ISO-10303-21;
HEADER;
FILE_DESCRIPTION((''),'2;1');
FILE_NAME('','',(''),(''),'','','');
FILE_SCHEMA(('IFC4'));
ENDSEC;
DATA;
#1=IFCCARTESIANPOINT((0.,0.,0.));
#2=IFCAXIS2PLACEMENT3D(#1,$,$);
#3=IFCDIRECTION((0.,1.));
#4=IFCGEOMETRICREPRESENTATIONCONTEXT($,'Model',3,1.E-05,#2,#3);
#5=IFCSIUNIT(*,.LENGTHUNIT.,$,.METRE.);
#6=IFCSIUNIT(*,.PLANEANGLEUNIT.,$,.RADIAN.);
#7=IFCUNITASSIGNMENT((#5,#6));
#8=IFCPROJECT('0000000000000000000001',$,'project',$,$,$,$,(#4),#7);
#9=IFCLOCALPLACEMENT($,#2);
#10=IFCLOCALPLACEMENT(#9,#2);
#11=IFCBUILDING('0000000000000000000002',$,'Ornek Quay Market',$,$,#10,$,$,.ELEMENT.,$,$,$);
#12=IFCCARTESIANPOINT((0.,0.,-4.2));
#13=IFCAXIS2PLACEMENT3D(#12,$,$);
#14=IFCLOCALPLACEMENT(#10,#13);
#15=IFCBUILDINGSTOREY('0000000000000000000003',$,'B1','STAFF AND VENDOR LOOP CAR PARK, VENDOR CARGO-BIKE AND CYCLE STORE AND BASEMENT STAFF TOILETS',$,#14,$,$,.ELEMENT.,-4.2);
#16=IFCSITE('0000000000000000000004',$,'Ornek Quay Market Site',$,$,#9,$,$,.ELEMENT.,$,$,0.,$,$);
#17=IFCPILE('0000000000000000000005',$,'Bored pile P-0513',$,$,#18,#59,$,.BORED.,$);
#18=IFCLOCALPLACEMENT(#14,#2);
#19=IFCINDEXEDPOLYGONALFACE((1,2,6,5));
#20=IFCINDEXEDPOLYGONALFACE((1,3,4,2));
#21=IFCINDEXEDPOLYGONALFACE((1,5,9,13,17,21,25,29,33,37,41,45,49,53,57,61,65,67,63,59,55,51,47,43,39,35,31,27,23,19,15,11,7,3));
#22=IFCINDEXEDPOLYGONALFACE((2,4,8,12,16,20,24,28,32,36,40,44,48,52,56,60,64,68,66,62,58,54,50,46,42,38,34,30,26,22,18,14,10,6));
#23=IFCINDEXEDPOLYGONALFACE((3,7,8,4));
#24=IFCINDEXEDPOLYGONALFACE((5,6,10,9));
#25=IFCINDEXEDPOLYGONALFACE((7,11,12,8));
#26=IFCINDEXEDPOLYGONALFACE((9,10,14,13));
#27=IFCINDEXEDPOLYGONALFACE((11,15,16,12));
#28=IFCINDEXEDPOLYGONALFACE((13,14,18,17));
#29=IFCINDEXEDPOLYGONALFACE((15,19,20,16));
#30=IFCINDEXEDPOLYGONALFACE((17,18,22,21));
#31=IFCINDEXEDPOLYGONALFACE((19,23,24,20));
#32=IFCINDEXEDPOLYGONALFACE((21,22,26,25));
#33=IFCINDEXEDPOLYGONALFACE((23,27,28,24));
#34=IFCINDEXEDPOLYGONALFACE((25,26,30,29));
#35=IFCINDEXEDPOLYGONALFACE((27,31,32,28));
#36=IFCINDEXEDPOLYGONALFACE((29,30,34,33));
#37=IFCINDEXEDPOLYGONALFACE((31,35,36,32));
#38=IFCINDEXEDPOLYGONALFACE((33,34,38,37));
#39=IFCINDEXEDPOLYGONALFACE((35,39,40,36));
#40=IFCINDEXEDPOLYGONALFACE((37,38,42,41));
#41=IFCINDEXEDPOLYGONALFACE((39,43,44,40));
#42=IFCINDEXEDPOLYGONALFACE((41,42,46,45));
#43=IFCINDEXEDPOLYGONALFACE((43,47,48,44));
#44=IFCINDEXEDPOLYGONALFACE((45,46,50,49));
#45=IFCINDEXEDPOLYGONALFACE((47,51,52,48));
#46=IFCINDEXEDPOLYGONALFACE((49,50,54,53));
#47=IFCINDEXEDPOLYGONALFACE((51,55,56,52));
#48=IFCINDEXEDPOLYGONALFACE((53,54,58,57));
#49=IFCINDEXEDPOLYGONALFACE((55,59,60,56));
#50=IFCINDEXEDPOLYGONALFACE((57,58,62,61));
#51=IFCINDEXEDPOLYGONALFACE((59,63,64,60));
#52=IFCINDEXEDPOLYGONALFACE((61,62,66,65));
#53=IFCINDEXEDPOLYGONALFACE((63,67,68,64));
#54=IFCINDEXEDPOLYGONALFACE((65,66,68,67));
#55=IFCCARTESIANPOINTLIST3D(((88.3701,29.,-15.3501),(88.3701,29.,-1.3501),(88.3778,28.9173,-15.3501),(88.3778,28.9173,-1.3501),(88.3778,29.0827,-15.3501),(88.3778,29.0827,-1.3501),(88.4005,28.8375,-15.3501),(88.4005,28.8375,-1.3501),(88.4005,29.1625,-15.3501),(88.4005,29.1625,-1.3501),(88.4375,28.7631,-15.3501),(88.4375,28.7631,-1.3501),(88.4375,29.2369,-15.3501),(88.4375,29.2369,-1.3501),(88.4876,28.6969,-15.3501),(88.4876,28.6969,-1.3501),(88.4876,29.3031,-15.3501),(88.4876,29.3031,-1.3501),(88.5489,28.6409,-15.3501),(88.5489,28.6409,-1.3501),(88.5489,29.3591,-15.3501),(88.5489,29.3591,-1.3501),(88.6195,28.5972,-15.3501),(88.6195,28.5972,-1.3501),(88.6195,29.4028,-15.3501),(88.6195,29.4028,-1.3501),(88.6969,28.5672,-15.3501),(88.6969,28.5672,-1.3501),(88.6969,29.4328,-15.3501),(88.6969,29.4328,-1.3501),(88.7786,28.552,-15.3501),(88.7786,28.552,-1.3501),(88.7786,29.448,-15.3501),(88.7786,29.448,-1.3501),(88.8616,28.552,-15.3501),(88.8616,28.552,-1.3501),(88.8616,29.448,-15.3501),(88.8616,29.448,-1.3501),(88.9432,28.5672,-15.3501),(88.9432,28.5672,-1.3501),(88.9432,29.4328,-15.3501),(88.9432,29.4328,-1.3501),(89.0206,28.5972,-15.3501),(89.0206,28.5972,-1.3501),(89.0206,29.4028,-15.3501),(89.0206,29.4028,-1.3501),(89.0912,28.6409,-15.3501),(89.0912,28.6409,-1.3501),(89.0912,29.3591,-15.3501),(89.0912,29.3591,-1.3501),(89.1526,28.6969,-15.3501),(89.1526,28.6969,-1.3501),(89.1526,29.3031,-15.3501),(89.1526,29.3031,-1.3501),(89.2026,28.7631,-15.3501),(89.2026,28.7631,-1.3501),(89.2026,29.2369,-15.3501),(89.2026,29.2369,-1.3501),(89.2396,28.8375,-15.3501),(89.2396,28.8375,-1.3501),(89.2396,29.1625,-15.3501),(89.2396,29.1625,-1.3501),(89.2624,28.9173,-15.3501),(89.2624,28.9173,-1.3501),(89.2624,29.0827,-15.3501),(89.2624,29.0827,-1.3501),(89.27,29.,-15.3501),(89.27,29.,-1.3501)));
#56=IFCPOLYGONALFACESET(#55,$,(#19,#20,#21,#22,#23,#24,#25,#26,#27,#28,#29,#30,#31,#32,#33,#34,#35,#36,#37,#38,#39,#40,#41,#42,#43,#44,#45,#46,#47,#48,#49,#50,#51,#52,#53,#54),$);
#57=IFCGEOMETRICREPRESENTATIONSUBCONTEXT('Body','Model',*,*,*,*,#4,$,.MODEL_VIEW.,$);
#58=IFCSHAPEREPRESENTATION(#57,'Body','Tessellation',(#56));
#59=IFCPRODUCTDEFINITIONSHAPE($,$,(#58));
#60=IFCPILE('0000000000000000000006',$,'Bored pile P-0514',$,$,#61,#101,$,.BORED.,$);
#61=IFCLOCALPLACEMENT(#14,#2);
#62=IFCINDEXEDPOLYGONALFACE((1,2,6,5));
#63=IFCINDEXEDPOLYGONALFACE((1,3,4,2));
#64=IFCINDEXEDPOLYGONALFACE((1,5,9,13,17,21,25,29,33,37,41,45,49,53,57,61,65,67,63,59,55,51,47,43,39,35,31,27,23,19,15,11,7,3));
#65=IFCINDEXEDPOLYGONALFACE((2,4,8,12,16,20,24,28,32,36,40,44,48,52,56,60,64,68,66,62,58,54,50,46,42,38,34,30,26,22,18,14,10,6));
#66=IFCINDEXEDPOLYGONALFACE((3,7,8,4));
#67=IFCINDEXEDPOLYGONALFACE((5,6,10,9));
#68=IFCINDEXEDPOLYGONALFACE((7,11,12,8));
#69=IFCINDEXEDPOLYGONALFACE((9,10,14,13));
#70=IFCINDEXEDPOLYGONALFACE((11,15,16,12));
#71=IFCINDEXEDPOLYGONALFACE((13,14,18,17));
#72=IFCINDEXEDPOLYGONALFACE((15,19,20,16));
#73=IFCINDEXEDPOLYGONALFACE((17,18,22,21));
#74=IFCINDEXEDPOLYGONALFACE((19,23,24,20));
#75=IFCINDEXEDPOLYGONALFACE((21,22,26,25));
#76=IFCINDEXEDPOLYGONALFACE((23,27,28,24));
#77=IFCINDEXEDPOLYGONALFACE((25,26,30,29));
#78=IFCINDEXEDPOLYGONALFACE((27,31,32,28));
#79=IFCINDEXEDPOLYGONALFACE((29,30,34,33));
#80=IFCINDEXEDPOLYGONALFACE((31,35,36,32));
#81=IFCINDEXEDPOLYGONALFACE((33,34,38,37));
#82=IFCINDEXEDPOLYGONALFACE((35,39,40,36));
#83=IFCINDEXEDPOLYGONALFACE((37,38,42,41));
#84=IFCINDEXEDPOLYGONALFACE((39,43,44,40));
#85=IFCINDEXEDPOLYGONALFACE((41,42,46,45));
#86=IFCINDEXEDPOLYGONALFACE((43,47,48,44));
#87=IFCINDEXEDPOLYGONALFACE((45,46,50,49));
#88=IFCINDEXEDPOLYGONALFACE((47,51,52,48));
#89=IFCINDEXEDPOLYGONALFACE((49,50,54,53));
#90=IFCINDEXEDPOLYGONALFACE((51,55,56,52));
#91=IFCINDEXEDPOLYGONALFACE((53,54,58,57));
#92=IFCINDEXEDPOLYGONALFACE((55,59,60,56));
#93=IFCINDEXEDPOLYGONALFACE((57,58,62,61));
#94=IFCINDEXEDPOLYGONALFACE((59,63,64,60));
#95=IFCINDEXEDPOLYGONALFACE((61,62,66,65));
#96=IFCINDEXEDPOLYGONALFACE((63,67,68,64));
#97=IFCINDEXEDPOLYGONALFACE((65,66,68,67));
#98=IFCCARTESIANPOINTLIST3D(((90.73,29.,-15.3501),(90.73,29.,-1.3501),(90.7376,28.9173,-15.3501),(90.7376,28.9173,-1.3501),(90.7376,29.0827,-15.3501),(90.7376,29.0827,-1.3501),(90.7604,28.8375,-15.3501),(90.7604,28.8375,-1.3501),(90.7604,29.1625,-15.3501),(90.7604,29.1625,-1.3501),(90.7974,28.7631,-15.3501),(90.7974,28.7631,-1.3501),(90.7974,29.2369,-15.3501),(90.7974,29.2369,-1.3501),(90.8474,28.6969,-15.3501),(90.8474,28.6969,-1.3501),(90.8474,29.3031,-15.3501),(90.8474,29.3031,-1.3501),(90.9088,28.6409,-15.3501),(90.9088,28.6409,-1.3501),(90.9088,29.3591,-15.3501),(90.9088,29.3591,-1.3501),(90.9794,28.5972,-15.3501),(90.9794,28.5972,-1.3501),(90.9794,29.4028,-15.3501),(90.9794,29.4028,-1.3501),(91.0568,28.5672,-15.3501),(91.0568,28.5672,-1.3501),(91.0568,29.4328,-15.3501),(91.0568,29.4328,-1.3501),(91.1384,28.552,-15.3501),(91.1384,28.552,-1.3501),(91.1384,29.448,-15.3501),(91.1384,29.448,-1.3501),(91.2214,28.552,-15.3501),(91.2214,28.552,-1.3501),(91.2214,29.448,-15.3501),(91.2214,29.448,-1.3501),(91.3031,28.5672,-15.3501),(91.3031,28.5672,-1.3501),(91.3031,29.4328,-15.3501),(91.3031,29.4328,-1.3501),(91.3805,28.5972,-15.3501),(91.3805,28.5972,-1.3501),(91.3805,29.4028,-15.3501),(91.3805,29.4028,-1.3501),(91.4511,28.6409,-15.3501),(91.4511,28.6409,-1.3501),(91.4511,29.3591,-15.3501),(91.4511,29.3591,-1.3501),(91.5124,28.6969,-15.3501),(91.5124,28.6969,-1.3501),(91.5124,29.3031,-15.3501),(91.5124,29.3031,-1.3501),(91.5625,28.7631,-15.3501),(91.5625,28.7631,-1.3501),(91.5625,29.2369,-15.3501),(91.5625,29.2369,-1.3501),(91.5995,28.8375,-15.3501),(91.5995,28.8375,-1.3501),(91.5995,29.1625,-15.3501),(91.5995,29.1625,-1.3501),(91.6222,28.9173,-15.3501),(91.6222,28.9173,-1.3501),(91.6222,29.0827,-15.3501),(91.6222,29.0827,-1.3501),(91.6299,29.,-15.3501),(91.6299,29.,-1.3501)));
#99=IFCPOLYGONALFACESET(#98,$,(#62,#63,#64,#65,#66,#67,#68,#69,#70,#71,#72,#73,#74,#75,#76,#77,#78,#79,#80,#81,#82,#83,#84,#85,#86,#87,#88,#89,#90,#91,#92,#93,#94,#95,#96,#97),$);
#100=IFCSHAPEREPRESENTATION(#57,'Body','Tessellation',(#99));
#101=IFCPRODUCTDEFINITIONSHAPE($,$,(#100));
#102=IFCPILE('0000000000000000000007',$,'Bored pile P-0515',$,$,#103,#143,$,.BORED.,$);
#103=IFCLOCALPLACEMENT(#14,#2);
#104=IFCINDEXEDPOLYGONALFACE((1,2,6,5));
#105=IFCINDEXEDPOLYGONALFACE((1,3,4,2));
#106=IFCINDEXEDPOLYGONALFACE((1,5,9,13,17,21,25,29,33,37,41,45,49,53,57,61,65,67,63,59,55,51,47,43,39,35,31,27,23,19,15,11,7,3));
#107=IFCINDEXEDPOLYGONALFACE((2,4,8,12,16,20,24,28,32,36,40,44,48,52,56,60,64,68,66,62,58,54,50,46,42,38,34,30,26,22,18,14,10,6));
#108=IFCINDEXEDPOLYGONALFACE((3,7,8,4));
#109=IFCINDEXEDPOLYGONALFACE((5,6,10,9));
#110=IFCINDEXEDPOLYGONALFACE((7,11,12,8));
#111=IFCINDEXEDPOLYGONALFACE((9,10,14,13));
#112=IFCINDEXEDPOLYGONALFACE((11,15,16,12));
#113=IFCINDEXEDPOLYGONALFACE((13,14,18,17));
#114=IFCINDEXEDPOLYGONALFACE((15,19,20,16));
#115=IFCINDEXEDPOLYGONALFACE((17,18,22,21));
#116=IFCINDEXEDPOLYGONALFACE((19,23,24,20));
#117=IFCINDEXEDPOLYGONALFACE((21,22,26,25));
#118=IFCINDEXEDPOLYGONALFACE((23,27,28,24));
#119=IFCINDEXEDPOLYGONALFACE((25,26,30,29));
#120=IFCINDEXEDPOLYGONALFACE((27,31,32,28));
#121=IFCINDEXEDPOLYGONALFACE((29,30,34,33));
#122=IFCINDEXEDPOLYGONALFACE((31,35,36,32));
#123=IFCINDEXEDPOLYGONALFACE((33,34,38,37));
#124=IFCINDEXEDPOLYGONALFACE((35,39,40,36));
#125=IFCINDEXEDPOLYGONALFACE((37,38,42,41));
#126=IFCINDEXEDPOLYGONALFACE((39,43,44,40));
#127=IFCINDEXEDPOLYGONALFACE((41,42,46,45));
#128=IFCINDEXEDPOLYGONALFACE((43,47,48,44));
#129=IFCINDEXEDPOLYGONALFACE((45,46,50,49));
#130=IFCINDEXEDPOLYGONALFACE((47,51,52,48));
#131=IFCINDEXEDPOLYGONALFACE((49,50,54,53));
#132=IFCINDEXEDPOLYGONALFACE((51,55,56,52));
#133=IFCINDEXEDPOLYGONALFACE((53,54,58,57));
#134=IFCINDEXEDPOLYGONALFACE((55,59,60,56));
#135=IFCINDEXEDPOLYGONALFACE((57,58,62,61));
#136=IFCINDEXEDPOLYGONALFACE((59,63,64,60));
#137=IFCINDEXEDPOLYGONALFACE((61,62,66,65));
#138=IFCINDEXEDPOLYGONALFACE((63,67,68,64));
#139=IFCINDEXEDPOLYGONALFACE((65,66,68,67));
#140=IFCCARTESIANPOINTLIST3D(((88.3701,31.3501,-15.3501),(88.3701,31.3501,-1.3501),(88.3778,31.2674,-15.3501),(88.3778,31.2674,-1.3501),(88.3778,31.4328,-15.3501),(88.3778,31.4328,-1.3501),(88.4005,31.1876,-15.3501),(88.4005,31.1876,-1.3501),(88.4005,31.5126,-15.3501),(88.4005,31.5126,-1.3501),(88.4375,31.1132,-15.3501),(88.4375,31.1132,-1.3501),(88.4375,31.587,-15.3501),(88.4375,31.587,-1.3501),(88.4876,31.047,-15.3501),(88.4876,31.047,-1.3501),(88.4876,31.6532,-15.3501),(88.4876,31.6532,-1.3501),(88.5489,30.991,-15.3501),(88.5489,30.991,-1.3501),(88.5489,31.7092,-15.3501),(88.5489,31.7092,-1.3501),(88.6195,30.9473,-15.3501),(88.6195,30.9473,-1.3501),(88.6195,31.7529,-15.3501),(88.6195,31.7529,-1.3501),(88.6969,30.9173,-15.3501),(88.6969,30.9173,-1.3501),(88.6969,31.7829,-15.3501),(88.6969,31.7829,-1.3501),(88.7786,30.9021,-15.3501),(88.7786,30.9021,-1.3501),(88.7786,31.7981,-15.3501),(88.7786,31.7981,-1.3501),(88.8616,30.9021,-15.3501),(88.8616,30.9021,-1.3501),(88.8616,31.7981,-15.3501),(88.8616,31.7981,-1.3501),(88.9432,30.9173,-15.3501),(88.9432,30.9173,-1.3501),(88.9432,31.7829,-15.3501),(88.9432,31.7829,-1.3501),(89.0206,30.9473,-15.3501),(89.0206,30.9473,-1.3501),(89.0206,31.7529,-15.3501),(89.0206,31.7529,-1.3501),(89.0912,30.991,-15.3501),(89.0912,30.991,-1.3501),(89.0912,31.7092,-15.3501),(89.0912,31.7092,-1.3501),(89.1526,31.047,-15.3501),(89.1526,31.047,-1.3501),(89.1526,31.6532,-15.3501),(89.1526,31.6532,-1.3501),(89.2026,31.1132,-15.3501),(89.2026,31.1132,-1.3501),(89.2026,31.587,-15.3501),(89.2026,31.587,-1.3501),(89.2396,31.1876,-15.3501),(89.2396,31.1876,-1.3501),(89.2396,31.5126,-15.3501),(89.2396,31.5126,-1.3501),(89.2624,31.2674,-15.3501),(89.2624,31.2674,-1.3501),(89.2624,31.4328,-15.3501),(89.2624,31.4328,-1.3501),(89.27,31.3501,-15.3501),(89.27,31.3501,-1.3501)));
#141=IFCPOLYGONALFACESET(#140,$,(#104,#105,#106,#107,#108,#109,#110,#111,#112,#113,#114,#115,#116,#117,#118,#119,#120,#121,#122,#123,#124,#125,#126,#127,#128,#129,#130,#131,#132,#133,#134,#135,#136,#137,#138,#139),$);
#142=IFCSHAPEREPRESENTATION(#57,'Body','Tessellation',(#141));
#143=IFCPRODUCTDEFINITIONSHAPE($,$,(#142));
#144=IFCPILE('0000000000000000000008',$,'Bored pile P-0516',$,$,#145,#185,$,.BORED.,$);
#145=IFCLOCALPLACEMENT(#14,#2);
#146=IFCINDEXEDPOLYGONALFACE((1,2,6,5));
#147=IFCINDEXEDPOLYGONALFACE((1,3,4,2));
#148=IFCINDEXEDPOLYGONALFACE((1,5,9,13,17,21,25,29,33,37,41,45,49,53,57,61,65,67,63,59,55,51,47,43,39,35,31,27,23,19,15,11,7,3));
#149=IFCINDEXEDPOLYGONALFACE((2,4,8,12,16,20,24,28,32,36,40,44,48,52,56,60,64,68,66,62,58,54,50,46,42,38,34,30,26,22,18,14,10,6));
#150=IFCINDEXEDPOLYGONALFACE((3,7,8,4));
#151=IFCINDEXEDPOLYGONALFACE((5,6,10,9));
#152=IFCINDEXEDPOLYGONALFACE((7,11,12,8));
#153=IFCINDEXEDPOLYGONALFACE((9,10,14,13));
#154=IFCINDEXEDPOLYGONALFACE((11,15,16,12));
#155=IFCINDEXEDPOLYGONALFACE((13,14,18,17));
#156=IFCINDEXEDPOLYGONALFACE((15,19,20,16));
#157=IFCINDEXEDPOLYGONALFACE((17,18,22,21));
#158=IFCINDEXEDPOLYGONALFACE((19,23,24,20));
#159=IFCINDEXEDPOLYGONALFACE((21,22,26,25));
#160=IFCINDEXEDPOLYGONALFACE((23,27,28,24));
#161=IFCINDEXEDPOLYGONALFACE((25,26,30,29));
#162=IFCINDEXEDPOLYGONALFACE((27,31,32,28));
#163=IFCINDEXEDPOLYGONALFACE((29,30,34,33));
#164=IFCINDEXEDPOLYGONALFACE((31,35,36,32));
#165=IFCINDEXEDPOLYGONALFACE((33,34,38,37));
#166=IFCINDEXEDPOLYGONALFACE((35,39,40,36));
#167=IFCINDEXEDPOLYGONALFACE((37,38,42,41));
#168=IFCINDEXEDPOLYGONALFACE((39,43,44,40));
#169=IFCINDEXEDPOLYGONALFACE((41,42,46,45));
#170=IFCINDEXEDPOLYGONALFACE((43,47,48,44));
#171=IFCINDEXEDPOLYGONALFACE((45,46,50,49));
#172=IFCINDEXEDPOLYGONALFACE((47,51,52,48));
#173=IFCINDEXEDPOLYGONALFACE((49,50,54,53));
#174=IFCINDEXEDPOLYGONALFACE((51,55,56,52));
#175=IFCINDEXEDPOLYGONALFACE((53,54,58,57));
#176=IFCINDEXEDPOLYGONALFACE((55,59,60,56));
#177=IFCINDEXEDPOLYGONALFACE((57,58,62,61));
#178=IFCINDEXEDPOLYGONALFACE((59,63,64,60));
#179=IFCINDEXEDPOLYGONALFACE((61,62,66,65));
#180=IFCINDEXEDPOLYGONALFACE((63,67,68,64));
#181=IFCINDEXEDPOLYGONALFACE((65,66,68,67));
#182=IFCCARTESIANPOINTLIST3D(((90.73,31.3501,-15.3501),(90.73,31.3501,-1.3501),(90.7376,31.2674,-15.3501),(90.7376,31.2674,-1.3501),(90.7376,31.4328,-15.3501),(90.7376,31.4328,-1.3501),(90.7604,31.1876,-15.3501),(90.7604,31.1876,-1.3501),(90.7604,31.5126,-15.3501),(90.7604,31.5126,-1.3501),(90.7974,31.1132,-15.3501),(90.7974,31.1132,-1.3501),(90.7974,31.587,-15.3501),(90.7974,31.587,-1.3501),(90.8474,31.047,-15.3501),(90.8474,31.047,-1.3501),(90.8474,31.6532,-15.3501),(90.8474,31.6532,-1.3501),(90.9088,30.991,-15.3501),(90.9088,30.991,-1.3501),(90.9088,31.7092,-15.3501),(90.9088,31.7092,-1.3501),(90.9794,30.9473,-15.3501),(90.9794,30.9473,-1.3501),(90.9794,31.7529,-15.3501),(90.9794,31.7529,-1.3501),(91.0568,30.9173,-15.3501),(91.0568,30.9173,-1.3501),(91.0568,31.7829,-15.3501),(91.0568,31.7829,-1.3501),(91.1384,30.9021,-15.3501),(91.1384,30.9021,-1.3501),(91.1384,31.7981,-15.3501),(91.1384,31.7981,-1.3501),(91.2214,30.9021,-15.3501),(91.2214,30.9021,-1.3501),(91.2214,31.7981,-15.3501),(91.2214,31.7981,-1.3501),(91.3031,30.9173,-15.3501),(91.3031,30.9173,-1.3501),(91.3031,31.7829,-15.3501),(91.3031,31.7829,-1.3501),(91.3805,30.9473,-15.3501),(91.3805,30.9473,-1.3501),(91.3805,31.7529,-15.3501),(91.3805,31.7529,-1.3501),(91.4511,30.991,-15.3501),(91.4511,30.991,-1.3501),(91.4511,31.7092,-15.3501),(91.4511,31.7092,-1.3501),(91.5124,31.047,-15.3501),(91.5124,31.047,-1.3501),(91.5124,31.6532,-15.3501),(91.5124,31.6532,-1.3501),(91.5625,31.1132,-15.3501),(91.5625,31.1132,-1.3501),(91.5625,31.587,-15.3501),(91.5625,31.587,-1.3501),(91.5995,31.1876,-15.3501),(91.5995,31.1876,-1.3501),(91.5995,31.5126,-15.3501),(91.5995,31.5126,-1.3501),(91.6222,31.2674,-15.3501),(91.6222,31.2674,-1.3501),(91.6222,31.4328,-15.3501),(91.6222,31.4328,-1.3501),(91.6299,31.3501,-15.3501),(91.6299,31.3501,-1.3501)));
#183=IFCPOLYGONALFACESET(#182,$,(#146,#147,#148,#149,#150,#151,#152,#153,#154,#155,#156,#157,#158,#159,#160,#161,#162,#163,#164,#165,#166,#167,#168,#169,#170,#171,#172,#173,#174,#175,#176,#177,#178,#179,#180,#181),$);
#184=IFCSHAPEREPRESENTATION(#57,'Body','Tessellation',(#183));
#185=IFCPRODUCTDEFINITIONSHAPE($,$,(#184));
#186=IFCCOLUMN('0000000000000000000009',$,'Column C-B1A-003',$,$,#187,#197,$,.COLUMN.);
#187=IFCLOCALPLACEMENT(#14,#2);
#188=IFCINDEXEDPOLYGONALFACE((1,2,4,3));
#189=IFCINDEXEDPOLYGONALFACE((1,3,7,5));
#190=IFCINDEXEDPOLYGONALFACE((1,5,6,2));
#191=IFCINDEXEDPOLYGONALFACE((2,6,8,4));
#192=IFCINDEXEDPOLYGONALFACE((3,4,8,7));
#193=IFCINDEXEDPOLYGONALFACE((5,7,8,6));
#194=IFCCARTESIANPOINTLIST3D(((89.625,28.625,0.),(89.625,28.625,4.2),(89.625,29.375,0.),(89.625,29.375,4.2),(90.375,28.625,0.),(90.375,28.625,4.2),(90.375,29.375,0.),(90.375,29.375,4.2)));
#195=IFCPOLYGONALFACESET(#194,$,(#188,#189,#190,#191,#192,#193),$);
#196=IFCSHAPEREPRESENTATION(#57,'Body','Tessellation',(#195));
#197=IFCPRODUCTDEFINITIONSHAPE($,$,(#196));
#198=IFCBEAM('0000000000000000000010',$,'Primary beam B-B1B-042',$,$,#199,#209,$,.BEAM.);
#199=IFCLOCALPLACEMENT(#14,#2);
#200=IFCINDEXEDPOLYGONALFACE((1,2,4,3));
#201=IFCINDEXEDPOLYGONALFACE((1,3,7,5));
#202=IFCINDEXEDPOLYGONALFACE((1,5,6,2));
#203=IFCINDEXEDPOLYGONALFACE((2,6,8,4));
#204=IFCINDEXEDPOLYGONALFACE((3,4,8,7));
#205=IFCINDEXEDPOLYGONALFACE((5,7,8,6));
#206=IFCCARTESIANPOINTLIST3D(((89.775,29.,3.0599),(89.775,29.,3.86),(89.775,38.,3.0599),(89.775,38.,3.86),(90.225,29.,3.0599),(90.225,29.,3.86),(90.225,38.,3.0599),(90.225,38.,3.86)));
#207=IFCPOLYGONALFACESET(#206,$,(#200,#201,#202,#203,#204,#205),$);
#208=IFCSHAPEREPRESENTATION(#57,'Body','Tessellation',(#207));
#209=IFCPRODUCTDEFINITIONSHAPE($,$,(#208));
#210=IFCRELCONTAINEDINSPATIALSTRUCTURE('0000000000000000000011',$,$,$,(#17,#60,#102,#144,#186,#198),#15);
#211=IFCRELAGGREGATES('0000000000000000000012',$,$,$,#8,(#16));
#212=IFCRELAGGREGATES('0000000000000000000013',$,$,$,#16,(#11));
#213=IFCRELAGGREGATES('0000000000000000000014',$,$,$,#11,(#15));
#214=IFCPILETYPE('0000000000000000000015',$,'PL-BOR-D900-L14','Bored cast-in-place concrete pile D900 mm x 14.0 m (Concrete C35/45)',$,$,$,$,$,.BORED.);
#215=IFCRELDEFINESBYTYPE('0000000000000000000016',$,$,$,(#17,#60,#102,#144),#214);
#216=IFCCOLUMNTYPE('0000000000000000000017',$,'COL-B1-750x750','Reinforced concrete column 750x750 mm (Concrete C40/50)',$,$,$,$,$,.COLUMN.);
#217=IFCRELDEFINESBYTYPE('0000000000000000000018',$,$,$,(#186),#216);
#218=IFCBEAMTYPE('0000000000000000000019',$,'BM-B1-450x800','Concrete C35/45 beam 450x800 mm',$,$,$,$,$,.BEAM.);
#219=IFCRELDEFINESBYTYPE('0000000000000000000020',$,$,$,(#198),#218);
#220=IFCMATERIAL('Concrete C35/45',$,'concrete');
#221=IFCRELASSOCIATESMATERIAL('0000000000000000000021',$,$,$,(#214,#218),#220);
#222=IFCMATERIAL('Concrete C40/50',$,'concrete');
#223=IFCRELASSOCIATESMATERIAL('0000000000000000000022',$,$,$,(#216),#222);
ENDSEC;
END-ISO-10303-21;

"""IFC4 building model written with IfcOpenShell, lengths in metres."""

from ifc_helpers import new_model, si_unit, direction, frame, origin, origin_2d, place, context, subcontext, project, spatial, rectangle, circle, extrude, material, material_profile, profile_set, type_object, element, save


model = new_model("IFC4")

# Units and contexts
model_context = context("Model", 3, precision=1e-05, world=origin(), true_north=direction((0.0, 1.0)))
body_context = subcontext(model_context, "Body", "Model", "MODEL_VIEW")
ifc_project = project(units=[si_unit("LENGTHUNIT", "METRE"), si_unit("PLANEANGLEUNIT", "RADIAN")], contexts=[model_context])

# Site, building, storey
site_placement = place(None, origin())
site = spatial("IfcSite", under=ifc_project, at=site_placement, Name="Ornek Quay Market Site", CompositionType="ELEMENT", RefElevation=0.0)
building_placement = place(site_placement, origin())
building = spatial("IfcBuilding", under=site, at=building_placement, Name="Ornek Quay Market", CompositionType="ELEMENT")
storey_placement = place(building_placement, frame((0.0, 0.0, -4.2)))
storey = spatial("IfcBuildingStorey", under=building, at=storey_placement, Name="B1", Description="STAFF AND VENDOR LOOP CAR PARK, VENDOR CARGO-BIKE AND CYCLE STORE AND BASEMENT STAFF TOILETS", CompositionType="ELEMENT", Elevation=-4.2)

# Piles
ifc_material_1 = material(Name="Concrete C35/45", Category="concrete")
ifc_material_profile_1 = material_profile(ifc_material_1, circle(Radius=0.45, at=origin_2d()), Name="PILE D900", Category="concrete")
ifc_profile_set_1 = profile_set([ifc_material_profile_1], Name="Concrete C35/45")
pile_type_1 = type_object("IfcPileType", Name="PL-BOR-D900-L14", Description="Bored cast-in-place concrete pile D900 mm x 14.0 m (Concrete C35/45)", PredefinedType="BORED", material=ifc_profile_set_1)
for number, where, z_axis, x_axis, name in (
    (1, (88.8201, 29.0, -1.3501), (0.0, 0.0, -1.0), (1.0, 0.0, 0.0), "Bored pile P-0513"),
    (2, (91.1799, 29.0, -1.3501), (0.0, 0.0, -1.0), (1.0, 0.0, 0.0), "Bored pile P-0514"),
    (3, (88.8201, 31.3501, -1.3501), (0.0, 0.0, -1.0), (1.0, 0.0, 0.0), "Bored pile P-0515"),
    (4, (91.1799, 31.3501, -1.3501), (0.0, 0.0, -1.0), (1.0, 0.0, 0.0), "Bored pile P-0516"),
):
    element("IfcPile", number, at=place(storey_placement, frame(where, z_axis=z_axis, x_axis=x_axis)), inside=storey, type_object=pile_type_1, Name=name, PredefinedType="BORED", context=body_context, shape_type="SweptSolid", body=[
        extrude(circle(Radius=0.45, at=origin_2d()), origin(), (0.0, 0.0, 1.0), 14.0),
    ])

# Column
ifc_material_2 = material(Name="Concrete C40/50", Category="concrete")
ifc_material_profile_2 = material_profile(ifc_material_2, rectangle(XDim=0.75, YDim=0.75, at=origin_2d()), Name="RC 750x750", Category="concrete")
ifc_profile_set_2 = profile_set([ifc_material_profile_2], Name="Concrete C40/50")
column_type = type_object("IfcColumnType", Name="COL-B1-750x750", Description="Reinforced concrete column 750x750 mm (Concrete C40/50)", PredefinedType="COLUMN", material=ifc_profile_set_2)
column_placement = place(storey_placement, frame((90.0, 29.0, 0.0), z_axis=(0.0, 0.0, 1.0), x_axis=(1.0, 0.0, 0.0)))
element("IfcColumn", 5, at=column_placement, inside=storey, type_object=column_type, Name="Column C-B1A-003", PredefinedType="COLUMN", context=body_context, shape_type="SweptSolid", body=[
    extrude(rectangle(XDim=0.75, YDim=0.75, at=origin_2d()), origin(), (0.0, 0.0, 1.0), 4.2),
])

# Beam
ifc_material_profile_3 = material_profile(ifc_material_1, rectangle(XDim=0.45, YDim=0.8, at=origin_2d()), Name="RC 450x800", Category="concrete")
ifc_profile_set_3 = profile_set([ifc_material_profile_3], Name="Concrete C35/45")
beam_type_1 = type_object("IfcBeamType", Name="BM-B1-450x800", Description="Concrete C35/45 beam 450x800 mm", PredefinedType="BEAM", material=ifc_profile_set_3)
beam_1_placement = place(storey_placement, frame((90.0, 29.0, 3.46), z_axis=(0.0, 1.0, 0.0), x_axis=(-1.0, 0.0, 0.0)))
element("IfcBeam", 6, at=beam_1_placement, inside=storey, type_object=beam_type_1, Name="Primary beam B-B1B-042", PredefinedType="BEAM", context=body_context, shape_type="SweptSolid", body=[
    extrude(rectangle(XDim=0.45, YDim=0.8, at=origin_2d()), origin(), (0.0, 0.0, 1.0), 9.0),
])

save(model, "model.ifc")
